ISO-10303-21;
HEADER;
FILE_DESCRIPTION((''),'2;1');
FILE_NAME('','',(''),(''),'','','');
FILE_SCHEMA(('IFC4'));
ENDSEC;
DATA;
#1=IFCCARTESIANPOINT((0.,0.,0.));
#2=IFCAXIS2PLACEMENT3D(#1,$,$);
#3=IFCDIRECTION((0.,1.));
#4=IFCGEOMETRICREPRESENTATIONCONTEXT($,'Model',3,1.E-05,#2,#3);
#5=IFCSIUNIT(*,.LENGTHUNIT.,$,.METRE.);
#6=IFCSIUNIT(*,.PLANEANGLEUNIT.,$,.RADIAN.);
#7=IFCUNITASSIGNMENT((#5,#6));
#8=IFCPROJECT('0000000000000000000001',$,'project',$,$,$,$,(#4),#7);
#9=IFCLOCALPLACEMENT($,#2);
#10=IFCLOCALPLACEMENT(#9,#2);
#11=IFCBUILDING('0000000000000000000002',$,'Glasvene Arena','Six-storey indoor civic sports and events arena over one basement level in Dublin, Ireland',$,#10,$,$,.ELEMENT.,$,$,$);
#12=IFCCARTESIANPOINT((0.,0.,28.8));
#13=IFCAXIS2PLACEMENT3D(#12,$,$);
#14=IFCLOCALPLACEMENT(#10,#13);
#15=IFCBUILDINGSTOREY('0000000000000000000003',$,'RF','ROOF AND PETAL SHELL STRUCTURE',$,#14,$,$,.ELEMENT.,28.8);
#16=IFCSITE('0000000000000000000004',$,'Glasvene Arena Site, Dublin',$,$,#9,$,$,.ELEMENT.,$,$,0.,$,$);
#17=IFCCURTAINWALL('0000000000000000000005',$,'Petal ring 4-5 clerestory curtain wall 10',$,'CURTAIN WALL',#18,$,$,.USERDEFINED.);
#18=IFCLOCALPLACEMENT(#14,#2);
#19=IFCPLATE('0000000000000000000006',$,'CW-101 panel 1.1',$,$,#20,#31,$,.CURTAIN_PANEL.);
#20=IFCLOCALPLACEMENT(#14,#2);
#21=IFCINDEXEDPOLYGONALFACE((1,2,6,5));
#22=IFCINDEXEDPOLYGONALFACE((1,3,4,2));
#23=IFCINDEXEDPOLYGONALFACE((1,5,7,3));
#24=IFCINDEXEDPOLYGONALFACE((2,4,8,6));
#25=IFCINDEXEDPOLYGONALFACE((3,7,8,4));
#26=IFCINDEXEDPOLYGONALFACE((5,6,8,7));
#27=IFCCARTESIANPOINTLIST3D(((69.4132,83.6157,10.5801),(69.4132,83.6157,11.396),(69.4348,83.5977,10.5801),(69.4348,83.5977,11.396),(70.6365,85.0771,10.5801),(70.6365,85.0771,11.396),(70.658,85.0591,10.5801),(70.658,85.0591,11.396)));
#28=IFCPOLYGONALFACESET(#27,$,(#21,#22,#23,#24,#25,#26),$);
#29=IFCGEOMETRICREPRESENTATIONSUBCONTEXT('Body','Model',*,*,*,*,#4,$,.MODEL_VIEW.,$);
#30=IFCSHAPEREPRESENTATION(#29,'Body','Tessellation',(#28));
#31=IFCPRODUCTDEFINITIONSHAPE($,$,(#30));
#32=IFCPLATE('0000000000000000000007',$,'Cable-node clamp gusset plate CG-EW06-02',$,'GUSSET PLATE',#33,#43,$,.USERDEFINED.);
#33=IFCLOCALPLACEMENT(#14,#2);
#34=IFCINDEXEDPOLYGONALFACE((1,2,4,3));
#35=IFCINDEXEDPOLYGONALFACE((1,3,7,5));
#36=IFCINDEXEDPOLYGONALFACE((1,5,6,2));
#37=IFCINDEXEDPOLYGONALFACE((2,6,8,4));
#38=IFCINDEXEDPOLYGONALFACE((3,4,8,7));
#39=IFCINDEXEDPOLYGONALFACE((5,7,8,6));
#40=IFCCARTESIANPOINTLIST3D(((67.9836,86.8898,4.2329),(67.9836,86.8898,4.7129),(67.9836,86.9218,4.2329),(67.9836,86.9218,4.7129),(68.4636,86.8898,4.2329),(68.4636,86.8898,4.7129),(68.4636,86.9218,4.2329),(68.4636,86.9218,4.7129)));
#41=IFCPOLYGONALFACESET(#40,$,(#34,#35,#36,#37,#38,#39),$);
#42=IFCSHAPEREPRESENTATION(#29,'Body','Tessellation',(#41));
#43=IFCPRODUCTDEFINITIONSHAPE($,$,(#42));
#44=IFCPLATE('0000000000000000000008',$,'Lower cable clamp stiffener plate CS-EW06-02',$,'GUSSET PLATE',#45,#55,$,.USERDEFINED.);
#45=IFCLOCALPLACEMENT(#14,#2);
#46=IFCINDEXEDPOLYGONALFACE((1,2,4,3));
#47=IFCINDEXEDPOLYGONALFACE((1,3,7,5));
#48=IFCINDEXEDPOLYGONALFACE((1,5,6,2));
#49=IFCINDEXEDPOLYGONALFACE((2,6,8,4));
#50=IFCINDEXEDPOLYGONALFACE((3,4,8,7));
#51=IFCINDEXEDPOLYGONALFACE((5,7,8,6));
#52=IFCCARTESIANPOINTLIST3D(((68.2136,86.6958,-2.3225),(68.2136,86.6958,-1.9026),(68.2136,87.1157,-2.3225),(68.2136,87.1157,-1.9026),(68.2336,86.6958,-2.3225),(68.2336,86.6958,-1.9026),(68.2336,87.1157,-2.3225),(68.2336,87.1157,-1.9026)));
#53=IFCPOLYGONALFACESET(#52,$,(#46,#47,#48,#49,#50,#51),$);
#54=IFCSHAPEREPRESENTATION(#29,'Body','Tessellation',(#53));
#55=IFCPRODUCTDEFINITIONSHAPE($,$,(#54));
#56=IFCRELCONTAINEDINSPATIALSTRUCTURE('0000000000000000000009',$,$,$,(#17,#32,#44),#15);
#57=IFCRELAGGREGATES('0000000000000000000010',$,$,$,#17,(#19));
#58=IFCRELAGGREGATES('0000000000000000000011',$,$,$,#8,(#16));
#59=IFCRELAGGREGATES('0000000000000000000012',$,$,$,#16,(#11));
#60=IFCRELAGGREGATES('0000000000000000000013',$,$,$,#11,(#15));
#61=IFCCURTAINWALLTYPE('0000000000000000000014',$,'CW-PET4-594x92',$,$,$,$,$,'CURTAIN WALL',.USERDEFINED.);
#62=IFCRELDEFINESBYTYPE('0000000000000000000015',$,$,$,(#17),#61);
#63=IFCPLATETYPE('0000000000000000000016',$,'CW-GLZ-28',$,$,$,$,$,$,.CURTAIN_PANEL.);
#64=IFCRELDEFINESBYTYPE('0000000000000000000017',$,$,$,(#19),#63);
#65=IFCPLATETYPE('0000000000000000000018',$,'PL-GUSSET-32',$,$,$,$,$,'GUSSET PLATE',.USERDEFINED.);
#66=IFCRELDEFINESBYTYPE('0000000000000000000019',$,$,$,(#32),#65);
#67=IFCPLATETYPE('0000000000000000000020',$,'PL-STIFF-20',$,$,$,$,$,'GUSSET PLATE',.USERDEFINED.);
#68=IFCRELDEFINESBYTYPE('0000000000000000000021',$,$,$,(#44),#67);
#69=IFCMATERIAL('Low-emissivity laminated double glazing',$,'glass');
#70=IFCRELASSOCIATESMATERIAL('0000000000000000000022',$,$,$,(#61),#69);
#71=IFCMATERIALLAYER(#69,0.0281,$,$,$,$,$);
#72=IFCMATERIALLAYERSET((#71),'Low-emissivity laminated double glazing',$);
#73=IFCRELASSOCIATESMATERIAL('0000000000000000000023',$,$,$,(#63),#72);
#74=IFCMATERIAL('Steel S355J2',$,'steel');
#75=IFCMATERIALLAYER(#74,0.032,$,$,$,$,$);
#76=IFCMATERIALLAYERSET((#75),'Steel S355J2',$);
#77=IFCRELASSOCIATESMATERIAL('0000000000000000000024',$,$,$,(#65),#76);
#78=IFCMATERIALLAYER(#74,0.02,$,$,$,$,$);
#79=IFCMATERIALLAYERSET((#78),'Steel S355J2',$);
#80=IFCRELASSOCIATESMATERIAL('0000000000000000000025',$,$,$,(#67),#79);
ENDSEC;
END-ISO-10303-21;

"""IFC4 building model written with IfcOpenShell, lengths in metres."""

from ifc_helpers import new_model, si_unit, direction, frame, origin, origin_2d, place, context, subcontext, project, spatial, rectangle, extrude, material, layer, layer_set, type_object, element, aggregate, save


model = new_model("IFC4")

# Units and contexts
model_context = context("Model", 3, precision=1e-05, world=origin(), true_north=direction((0.0, 1.0)))
body_context = subcontext(model_context, "Body", "Model", "MODEL_VIEW")
ifc_project = project(units=[si_unit("LENGTHUNIT", "METRE"), si_unit("PLANEANGLEUNIT", "RADIAN")], contexts=[model_context])

# Site, building, storey
site_placement = place(None, origin())
site = spatial("IfcSite", under=ifc_project, at=site_placement, Name="Glasvene Arena Site, Dublin", CompositionType="ELEMENT", RefElevation=0.0)
building_placement = place(site_placement, origin())
building = spatial("IfcBuilding", under=site, at=building_placement, Name="Glasvene Arena", Description="Six-storey indoor civic sports and events arena over one basement level in Dublin, Ireland", CompositionType="ELEMENT")
storey_placement = place(building_placement, frame((0.0, 0.0, 28.8)))
storey = spatial("IfcBuildingStorey", under=building, at=storey_placement, Name="RF", Description="ROOF AND PETAL SHELL STRUCTURE", CompositionType="ELEMENT", Elevation=28.8)

# Shared definitions
ifc_material_1 = material(Name="Low-emissivity laminated double glazing", Category="glass")

# Curtain wall
curtain_wall_type_1 = type_object("IfcCurtainWallType", Name="CW-PET4-594x92", ElementType="CURTAIN WALL", PredefinedType="USERDEFINED", material=ifc_material_1)
curtain_wall_1_placement = place(storey_placement, frame((70.6794, 85.1062, 0.0)))
curtain_wall_1 = element("IfcCurtainWall", 1, at=curtain_wall_1_placement, inside=storey, type_object=curtain_wall_type_1, Name="Petal ring 4-5 clerestory curtain wall 10", ObjectType="CURTAIN WALL", PredefinedType="USERDEFINED")

# Shared definitions
ifc_material_2 = material(Name="Steel S355J2", Category="steel")

# Plate
ifc_layer_1 = layer(ifc_material_1, 0.0281)
ifc_layer_set_1 = layer_set([ifc_layer_1], Name="Low-emissivity laminated double glazing")
plate_type_1 = type_object("IfcPlateType", Name="CW-GLZ-28", PredefinedType="CURTAIN_PANEL", material=ifc_layer_set_1)
plate_1_placement = place(storey_placement, frame((70.0356, 84.3374, 10.5801), z_axis=(0.0, 0.0, 1.0), x_axis=(-0.64188, -0.766805, 0.0)))
plate_1 = element("IfcPlate", 2, at=plate_1_placement, type_object=plate_type_1, Name="CW-101 panel 1.1", PredefinedType="CURTAIN_PANEL", context=body_context, shape_type="SweptSolid", body=[
    extrude(rectangle(XDim=1.9058, YDim=0.0281, at=origin_2d()), origin(), (0.0, 0.0, 1.0), 0.8159),
])
aggregate(curtain_wall_1, [plate_1])

# Plates
ifc_layer_2 = layer(ifc_material_2, 0.032)
ifc_layer_set_2 = layer_set([ifc_layer_2], Name="Steel S355J2")
plate_type_2 = type_object("IfcPlateType", Name="PL-GUSSET-32", ElementType="GUSSET PLATE", PredefinedType="USERDEFINED", material=ifc_layer_set_2)
plate_2_placement = place(storey_placement, frame((68.2236, 86.9058, 4.2329), z_axis=(0.0, 0.0, 1.0), x_axis=(1.0, 0.0, 0.0)))
element("IfcPlate", 3, at=plate_2_placement, inside=storey, type_object=plate_type_2, Name="Cable-node clamp gusset plate CG-EW06-02", ObjectType="GUSSET PLATE", PredefinedType="USERDEFINED", context=body_context, shape_type="SweptSolid", body=[
    extrude(rectangle(XDim=0.48, YDim=0.032, at=origin_2d()), origin(), (0.0, 0.0, 1.0), 0.48),
])
ifc_layer_3 = layer(ifc_material_2, 0.02)
ifc_layer_set_3 = layer_set([ifc_layer_3], Name="Steel S355J2")
plate_type_3 = type_object("IfcPlateType", Name="PL-STIFF-20", ElementType="GUSSET PLATE", PredefinedType="USERDEFINED", material=ifc_layer_set_3)
plate_3_placement = place(storey_placement, frame((68.2236, 86.9058, -2.3225), z_axis=(0.0, 0.0, 1.0), x_axis=(1.0, 0.0, 0.0)))
element("IfcPlate", 4, at=plate_3_placement, inside=storey, type_object=plate_type_3, Name="Lower cable clamp stiffener plate CS-EW06-02", ObjectType="GUSSET PLATE", PredefinedType="USERDEFINED", context=body_context, shape_type="SweptSolid", body=[
    extrude(rectangle(XDim=0.02, YDim=0.4199, at=origin_2d()), origin(), (0.0, 0.0, 1.0), 0.4199),
])

save(model, "model.ifc")
